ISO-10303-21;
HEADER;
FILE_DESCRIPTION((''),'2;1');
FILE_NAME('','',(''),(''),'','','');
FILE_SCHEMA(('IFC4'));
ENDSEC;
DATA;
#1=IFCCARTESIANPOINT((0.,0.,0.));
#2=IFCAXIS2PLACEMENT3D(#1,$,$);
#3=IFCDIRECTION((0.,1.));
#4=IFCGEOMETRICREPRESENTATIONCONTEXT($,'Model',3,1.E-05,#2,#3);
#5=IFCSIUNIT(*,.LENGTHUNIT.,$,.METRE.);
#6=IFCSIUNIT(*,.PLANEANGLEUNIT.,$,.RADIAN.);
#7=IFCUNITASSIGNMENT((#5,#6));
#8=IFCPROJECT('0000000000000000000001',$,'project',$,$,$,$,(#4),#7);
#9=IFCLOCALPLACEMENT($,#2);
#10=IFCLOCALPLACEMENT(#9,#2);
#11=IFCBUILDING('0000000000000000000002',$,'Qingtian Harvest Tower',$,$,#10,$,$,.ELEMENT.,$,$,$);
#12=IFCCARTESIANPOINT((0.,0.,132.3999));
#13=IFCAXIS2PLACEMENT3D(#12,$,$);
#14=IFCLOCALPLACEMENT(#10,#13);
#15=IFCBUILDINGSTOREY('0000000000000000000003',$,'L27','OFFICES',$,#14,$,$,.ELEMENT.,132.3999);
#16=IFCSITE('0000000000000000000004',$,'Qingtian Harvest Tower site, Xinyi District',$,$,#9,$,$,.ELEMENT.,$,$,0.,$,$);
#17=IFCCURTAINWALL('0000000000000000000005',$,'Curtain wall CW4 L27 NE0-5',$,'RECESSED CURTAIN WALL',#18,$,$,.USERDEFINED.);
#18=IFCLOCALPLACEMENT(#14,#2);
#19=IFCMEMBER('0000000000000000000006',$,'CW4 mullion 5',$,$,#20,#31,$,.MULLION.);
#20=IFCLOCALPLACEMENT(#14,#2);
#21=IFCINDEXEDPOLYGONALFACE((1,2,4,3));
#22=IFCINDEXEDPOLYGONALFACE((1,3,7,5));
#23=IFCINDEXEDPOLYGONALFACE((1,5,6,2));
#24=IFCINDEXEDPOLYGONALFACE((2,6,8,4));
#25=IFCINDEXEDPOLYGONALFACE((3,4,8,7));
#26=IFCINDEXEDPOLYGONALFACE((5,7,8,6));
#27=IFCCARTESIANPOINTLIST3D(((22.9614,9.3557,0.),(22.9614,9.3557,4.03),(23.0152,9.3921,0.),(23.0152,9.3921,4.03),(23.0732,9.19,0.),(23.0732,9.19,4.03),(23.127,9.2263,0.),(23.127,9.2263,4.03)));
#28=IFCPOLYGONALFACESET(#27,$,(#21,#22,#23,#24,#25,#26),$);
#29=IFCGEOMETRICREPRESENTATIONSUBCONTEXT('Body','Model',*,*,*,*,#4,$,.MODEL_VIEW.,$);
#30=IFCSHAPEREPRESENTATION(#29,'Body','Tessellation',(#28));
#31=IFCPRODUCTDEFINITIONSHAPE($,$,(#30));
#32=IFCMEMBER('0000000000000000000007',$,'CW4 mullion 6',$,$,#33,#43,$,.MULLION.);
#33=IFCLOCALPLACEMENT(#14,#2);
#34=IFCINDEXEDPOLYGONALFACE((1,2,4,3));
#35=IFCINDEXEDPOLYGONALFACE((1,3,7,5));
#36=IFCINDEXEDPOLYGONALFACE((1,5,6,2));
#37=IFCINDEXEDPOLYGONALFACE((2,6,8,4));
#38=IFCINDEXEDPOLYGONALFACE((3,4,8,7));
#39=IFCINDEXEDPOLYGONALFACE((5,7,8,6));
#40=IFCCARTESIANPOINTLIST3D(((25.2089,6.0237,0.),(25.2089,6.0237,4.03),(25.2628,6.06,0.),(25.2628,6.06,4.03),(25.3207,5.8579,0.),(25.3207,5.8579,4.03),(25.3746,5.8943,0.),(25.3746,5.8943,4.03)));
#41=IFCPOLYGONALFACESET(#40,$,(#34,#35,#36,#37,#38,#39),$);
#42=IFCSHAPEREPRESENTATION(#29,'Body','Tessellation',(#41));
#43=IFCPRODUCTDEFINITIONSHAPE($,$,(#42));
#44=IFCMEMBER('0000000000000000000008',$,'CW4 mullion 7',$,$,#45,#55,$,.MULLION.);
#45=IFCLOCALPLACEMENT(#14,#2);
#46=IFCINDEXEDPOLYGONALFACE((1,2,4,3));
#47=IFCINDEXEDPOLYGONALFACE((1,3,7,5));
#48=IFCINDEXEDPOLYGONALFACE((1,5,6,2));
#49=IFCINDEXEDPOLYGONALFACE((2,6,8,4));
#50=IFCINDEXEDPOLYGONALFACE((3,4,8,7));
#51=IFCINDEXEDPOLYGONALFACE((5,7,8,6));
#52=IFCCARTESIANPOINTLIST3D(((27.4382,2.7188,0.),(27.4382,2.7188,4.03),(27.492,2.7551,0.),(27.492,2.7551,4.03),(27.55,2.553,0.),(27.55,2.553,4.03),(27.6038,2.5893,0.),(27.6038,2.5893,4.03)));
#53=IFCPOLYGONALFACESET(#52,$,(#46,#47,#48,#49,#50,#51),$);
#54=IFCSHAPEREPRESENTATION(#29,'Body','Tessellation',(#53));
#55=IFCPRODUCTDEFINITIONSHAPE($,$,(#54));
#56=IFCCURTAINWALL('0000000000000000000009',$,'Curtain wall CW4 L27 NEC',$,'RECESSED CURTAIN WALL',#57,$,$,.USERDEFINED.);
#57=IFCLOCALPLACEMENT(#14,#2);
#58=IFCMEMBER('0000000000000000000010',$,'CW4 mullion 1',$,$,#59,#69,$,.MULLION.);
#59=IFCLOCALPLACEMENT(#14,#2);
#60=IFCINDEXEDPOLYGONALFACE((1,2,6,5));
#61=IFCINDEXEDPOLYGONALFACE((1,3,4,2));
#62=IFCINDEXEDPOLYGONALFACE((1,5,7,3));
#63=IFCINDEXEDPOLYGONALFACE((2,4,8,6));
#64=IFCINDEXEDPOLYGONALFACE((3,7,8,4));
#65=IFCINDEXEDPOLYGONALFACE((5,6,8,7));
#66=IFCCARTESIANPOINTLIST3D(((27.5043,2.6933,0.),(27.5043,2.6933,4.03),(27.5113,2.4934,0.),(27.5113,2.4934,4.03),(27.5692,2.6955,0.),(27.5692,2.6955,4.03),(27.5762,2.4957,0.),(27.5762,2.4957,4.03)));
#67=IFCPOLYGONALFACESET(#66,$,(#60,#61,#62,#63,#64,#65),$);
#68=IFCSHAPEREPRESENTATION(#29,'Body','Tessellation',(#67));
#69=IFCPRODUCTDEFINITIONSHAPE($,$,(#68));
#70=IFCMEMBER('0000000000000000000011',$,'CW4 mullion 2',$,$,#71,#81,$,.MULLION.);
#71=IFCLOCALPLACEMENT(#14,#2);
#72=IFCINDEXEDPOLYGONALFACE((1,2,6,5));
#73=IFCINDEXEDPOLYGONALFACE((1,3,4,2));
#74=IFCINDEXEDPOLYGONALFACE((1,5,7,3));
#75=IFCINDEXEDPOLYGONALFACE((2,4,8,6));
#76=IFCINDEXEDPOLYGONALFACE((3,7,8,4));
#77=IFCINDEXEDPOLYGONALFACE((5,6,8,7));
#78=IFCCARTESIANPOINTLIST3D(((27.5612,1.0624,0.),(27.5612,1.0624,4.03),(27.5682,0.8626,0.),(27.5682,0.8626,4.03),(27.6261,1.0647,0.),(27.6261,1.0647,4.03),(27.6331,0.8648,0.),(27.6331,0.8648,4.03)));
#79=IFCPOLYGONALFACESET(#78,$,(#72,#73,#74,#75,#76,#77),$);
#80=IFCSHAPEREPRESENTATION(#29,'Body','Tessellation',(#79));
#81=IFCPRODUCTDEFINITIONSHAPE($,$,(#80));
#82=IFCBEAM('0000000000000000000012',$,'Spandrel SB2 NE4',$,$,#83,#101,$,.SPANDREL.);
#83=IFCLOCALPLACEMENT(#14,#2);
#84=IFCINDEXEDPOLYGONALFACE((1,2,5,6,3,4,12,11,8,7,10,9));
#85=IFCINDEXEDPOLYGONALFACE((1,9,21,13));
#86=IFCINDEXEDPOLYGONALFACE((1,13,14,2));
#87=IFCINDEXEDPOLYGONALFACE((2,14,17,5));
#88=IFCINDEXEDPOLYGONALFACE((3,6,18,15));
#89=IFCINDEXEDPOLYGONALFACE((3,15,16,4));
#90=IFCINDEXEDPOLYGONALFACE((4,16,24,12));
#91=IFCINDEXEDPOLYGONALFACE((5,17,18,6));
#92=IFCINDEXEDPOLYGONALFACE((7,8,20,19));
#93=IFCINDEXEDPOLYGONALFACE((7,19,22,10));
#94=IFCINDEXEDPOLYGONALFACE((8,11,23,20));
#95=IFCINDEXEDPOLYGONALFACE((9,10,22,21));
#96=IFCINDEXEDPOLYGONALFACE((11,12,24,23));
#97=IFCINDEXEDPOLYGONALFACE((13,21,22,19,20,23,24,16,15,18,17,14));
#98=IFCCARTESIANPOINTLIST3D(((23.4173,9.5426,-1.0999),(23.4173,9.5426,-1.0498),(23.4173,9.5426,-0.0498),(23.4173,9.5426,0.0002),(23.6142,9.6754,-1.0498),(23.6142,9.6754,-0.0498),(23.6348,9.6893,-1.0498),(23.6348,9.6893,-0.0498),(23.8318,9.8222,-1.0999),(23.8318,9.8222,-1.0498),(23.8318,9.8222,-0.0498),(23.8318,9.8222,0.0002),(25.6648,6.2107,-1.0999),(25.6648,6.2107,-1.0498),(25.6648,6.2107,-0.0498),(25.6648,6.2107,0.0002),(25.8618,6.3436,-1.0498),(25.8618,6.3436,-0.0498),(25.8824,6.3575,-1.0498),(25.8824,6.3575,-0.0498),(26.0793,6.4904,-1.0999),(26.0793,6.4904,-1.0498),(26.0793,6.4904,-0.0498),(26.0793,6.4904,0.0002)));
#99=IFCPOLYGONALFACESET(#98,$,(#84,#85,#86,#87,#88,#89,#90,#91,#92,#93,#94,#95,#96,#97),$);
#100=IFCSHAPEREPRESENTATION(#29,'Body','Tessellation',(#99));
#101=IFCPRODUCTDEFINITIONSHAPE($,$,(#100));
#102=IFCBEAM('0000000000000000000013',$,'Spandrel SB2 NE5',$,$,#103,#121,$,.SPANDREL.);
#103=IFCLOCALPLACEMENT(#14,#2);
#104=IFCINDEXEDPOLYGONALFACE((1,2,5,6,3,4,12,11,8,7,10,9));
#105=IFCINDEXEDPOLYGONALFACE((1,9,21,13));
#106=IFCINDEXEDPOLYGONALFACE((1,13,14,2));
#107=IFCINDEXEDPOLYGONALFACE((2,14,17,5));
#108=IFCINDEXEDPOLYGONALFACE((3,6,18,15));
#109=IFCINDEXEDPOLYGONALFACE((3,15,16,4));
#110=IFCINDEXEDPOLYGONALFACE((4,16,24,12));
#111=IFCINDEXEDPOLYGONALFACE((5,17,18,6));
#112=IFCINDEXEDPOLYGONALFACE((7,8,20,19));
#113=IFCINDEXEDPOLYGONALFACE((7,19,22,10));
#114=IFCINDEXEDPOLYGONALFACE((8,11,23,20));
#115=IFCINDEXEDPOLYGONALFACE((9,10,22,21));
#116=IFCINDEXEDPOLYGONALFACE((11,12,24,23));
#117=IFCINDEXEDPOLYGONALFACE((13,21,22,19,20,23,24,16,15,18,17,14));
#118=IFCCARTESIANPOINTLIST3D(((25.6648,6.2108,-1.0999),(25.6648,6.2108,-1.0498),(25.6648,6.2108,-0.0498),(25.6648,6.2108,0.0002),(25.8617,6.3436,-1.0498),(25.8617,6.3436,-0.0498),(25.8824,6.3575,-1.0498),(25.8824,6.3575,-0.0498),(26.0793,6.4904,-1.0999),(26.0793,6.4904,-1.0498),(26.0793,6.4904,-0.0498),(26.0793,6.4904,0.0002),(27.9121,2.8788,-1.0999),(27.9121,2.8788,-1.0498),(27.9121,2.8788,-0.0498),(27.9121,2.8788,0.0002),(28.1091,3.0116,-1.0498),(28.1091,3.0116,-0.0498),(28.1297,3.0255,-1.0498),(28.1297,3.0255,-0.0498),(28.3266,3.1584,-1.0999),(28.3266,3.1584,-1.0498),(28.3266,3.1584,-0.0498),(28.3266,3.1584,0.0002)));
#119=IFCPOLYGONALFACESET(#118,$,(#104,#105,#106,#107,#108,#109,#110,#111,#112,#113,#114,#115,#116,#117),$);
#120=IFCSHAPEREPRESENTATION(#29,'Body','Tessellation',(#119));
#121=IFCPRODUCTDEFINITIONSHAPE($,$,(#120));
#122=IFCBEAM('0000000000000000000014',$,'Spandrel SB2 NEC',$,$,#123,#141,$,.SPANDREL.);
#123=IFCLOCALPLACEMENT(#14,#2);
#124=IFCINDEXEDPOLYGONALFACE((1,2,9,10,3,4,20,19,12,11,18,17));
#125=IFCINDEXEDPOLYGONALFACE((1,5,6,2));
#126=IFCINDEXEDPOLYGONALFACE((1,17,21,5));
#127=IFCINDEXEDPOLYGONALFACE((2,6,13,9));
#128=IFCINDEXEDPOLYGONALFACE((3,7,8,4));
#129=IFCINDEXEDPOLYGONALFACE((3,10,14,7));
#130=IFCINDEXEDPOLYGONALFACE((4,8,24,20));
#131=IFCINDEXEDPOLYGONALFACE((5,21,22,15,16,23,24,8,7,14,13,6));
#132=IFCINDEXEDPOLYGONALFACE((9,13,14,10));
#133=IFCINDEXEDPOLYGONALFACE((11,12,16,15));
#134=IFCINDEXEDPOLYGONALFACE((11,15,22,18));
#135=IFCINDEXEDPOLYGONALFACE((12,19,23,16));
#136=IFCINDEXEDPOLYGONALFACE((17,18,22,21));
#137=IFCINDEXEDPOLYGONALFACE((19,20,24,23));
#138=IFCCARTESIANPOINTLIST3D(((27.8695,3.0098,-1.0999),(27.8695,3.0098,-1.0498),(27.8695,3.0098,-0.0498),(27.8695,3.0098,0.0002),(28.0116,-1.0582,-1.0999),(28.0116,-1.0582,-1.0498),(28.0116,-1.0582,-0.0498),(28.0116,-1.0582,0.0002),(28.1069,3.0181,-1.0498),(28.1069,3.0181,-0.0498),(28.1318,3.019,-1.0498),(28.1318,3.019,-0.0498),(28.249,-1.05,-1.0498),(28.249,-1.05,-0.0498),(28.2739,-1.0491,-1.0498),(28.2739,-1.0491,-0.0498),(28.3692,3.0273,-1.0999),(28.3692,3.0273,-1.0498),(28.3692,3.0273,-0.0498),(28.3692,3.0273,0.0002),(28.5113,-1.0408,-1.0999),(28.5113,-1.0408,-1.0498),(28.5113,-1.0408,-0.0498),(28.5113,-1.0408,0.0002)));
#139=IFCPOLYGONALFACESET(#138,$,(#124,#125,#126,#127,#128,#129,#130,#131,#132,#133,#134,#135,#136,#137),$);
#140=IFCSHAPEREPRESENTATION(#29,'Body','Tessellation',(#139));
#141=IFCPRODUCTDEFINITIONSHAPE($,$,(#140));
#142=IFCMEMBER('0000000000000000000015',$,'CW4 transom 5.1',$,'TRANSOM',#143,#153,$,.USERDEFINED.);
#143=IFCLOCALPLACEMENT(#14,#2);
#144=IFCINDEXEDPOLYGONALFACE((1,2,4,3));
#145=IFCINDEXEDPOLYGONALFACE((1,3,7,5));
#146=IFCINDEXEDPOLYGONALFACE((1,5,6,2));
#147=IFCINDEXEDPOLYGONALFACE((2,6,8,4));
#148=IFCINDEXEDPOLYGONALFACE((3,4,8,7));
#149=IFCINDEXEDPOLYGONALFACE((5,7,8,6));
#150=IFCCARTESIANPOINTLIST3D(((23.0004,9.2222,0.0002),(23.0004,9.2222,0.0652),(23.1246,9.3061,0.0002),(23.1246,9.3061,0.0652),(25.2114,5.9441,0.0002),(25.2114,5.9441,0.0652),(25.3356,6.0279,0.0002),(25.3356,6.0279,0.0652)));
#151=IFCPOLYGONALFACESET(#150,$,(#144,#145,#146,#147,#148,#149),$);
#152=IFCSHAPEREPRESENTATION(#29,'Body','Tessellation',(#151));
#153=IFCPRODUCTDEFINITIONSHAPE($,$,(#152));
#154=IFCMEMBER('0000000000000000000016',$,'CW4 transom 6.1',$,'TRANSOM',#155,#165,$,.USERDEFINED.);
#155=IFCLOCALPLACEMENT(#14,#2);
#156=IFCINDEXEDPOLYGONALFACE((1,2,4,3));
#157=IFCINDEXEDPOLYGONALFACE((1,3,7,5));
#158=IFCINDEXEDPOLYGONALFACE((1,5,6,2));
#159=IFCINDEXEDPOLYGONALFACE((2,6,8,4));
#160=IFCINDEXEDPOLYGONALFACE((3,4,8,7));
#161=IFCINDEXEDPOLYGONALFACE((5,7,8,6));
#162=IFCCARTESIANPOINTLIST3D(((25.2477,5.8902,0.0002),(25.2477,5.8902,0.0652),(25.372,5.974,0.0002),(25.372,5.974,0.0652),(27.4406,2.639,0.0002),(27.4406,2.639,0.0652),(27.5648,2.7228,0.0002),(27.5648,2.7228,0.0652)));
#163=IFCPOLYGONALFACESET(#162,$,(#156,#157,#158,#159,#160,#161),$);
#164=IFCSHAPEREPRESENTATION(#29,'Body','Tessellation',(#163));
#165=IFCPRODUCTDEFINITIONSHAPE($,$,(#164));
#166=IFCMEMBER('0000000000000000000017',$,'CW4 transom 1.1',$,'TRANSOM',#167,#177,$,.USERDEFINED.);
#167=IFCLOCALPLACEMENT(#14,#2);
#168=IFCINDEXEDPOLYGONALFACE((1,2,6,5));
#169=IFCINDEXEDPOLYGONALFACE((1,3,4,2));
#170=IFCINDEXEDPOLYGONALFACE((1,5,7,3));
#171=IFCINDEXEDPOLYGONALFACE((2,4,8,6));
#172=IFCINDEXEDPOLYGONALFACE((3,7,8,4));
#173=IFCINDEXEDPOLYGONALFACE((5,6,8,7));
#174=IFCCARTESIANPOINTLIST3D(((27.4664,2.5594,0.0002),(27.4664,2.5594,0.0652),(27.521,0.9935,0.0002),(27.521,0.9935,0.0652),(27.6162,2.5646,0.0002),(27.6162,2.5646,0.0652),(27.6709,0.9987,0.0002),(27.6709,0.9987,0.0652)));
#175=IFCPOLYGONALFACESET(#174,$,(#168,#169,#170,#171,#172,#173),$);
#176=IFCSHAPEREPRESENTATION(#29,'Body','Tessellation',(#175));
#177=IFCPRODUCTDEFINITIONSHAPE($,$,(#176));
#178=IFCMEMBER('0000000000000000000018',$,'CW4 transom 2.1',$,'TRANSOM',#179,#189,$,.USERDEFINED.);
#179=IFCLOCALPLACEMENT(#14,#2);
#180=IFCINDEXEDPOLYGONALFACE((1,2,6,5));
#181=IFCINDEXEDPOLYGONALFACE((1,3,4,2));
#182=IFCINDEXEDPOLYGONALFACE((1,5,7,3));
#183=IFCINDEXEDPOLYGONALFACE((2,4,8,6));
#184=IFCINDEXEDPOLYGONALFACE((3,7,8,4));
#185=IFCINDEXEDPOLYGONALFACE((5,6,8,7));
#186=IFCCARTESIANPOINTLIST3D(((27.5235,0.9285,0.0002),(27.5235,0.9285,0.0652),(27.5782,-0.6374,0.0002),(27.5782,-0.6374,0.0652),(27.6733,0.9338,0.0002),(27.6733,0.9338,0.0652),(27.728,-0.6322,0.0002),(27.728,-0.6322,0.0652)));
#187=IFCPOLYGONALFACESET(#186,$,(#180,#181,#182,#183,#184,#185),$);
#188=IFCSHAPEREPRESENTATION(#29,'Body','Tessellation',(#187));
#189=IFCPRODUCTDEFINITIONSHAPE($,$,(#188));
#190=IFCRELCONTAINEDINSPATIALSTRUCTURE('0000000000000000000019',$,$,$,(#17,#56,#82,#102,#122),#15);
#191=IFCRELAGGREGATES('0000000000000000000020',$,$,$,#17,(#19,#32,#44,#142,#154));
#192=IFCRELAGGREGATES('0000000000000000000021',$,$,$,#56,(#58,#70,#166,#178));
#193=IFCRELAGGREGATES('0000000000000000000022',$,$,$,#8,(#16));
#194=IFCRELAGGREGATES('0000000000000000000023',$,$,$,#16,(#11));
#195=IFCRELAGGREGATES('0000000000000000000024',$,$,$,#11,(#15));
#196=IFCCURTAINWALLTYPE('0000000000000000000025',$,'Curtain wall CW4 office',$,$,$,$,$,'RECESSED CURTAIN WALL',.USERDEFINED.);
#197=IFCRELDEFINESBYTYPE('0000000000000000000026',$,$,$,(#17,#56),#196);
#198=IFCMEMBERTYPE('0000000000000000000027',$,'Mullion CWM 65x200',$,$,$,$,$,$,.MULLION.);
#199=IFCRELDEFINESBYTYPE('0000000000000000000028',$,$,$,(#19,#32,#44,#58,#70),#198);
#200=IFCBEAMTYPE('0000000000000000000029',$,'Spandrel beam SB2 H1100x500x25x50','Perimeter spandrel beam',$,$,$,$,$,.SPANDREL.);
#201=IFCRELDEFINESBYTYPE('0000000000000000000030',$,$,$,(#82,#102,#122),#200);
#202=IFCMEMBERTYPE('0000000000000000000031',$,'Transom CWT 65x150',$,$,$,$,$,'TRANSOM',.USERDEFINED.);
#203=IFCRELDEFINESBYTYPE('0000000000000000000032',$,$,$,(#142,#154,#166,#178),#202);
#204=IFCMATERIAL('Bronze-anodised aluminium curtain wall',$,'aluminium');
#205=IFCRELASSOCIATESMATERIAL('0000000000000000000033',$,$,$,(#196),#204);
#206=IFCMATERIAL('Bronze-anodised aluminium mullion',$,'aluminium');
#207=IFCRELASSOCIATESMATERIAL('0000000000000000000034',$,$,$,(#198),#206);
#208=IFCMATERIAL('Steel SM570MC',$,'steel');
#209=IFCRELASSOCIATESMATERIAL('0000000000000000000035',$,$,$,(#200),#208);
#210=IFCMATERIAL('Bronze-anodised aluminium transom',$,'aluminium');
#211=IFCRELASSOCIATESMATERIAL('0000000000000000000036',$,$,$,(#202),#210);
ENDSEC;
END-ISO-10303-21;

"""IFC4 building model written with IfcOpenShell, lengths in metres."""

from ifc_helpers import new_model, si_unit, direction, frame, origin, origin_2d, place, context, subcontext, project, spatial, rectangle, i_section, extrude, material, material_profile, profile_set, type_object, element, aggregate, save


model = new_model("IFC4")

# Units and contexts
model_context = context("Model", 3, precision=1e-05, world=origin(), true_north=direction((0.0, 1.0)))
body_context = subcontext(model_context, "Body", "Model", "MODEL_VIEW")
ifc_project = project(units=[si_unit("LENGTHUNIT", "METRE"), si_unit("PLANEANGLEUNIT", "RADIAN")], contexts=[model_context])

# Site, building, storey
site_placement = place(None, origin())
site = spatial("IfcSite", under=ifc_project, at=site_placement, Name="Qingtian Harvest Tower site, Xinyi District", CompositionType="ELEMENT", RefElevation=0.0)
building_placement = place(site_placement, origin())
building = spatial("IfcBuilding", under=site, at=building_placement, Name="Qingtian Harvest Tower", CompositionType="ELEMENT")
storey_placement = place(building_placement, frame((0.0, 0.0, 132.3999)))
storey = spatial("IfcBuildingStorey", under=building, at=storey_placement, Name="L27", Description="OFFICES", CompositionType="ELEMENT", Elevation=132.3999)

# Curtain walls, members
ifc_material_1 = material(Name="Bronze-anodised aluminium curtain wall", Category="aluminium")
curtain_wall_type = type_object("IfcCurtainWallType", Name="Curtain wall CW4 office", ElementType="RECESSED CURTAIN WALL", PredefinedType="USERDEFINED", material=ifc_material_1)
curtain_wall_1_placement = place(storey_placement, origin())
curtain_wall_1 = element("IfcCurtainWall", 1, at=curtain_wall_1_placement, inside=storey, type_object=curtain_wall_type, Name="Curtain wall CW4 L27 NE0-5", ObjectType="RECESSED CURTAIN WALL", PredefinedType="USERDEFINED")
ifc_material_2 = material(Name="Bronze-anodised aluminium mullion", Category="aluminium")
ifc_material_profile_1 = material_profile(ifc_material_2, rectangle(XDim=0.0649, YDim=0.2, at=origin_2d()), Name="AL 65x200")
ifc_profile_set_1 = profile_set([ifc_material_profile_1], Name="Bronze-anodised aluminium mullion")
member_type_1 = type_object("IfcMemberType", Name="Mullion CWM 65x200", PredefinedType="MULLION", material=ifc_profile_set_1)
member_1_placement = place(storey_placement, frame((23.0442, 9.291, 0.0), z_axis=(0.0, 0.0, 1.0), x_axis=(0.829038, 0.559193, 0.0)))
member_1 = element("IfcMember", 2, at=member_1_placement, type_object=member_type_1, Name="CW4 mullion 5", PredefinedType="MULLION", context=body_context, shape_type="SweptSolid", body=[
    extrude(rectangle(XDim=0.0649, YDim=0.2, at=origin_2d()), origin(), (0.0, 0.0, 1.0), 4.03),
])
member_2_placement = place(storey_placement, frame((25.2917, 5.959, 0.0), z_axis=(0.0, 0.0, 1.0), x_axis=(0.829038, 0.559193, 0.0)))
member_2 = element("IfcMember", 3, at=member_2_placement, type_object=member_type_1, Name="CW4 mullion 6", PredefinedType="MULLION", context=body_context, shape_type="SweptSolid", body=[
    extrude(rectangle(XDim=0.0649, YDim=0.2, at=origin_2d()), origin(), (0.0, 0.0, 1.0), 4.03),
])
member_3_placement = place(storey_placement, frame((27.521, 2.6541, 0.0), z_axis=(0.0, 0.0, 1.0), x_axis=(0.829038, 0.559193, 0.0)))
member_3 = element("IfcMember", 4, at=member_3_placement, type_object=member_type_1, Name="CW4 mullion 7", PredefinedType="MULLION", context=body_context, shape_type="SweptSolid", body=[
    extrude(rectangle(XDim=0.0649, YDim=0.2, at=origin_2d()), origin(), (0.0, 0.0, 1.0), 4.03),
])
curtain_wall_2_placement = place(storey_placement, origin())
curtain_wall_2 = element("IfcCurtainWall", 5, at=curtain_wall_2_placement, inside=storey, type_object=curtain_wall_type, Name="Curtain wall CW4 L27 NEC", ObjectType="RECESSED CURTAIN WALL", PredefinedType="USERDEFINED")
member_4_placement = place(storey_placement, frame((27.5403, 2.5945, 0.0), z_axis=(0.0, 0.0, 1.0), x_axis=(0.999391, 0.034899, 0.0)))
member_4 = element("IfcMember", 6, at=member_4_placement, type_object=member_type_1, Name="CW4 mullion 1", PredefinedType="MULLION", context=body_context, shape_type="SweptSolid", body=[
    extrude(rectangle(XDim=0.0649, YDim=0.2, at=origin_2d()), origin(), (0.0, 0.0, 1.0), 4.03),
])
member_5_placement = place(storey_placement, frame((27.5972, 0.9636, 0.0), z_axis=(0.0, 0.0, 1.0), x_axis=(0.999391, 0.034899, 0.0)))
member_5 = element("IfcMember", 7, at=member_5_placement, type_object=member_type_1, Name="CW4 mullion 2", PredefinedType="MULLION", context=body_context, shape_type="SweptSolid", body=[
    extrude(rectangle(XDim=0.0649, YDim=0.2, at=origin_2d()), origin(), (0.0, 0.0, 1.0), 4.03),
])

# Beams
ifc_material_3 = material(Name="Steel SM570MC", Category="steel")
ifc_material_profile_2 = material_profile(ifc_material_3, i_section(OverallWidth=0.5, OverallDepth=1.1001, WebThickness=0.0249, FlangeThickness=0.05, at=origin_2d()), Name="H1100x500x25x50")
ifc_profile_set_2 = profile_set([ifc_material_profile_2], Name="Steel SM570MC")
beam_type_1 = type_object("IfcBeamType", Name="Spandrel beam SB2 H1100x500x25x50", Description="Perimeter spandrel beam", PredefinedType="SPANDREL", material=ifc_profile_set_2)
for number, where, z_axis, x_axis, name in (
    (8, (23.6245, 9.6824, -0.5498), (0.559234, -0.82901, 0.0), (0.82901, 0.559234, 0.0), "Spandrel SB2 NE4"),
    (9, (25.8721, 6.3506, -0.5498), (0.559164, -0.829057, 0.0), (0.829057, 0.559164, 0.0), "Spandrel SB2 NE5"),
):
    element("IfcBeam", number, at=place(storey_placement, frame(where, z_axis=z_axis, x_axis=x_axis)), inside=storey, type_object=beam_type_1, Name=name, PredefinedType="SPANDREL", context=body_context, shape_type="SweptSolid", body=[
        extrude(i_section(OverallWidth=0.5, OverallDepth=1.1001, WebThickness=0.0249, FlangeThickness=0.05, at=origin_2d()), origin(), (0.0, 0.0, 1.0), 4.019),
    ])
beam_1_placement = place(storey_placement, frame((28.1194, 3.0186, -0.5498), z_axis=(0.034906, -0.999391, 0.0), x_axis=(0.999391, 0.034906, 0.0)))
element("IfcBeam", 10, at=beam_1_placement, inside=storey, type_object=beam_type_1, Name="Spandrel SB2 NEC", PredefinedType="SPANDREL", context=body_context, shape_type="SweptSolid", body=[
    extrude(i_section(OverallWidth=0.5, OverallDepth=1.1001, WebThickness=0.0249, FlangeThickness=0.05, at=origin_2d()), origin(), (0.0, 0.0, 1.0), 4.0706),
])

# Members
ifc_material_4 = material(Name="Bronze-anodised aluminium transom", Category="aluminium")
ifc_material_profile_3 = material_profile(ifc_material_4, rectangle(XDim=0.1499, YDim=0.0649, at=origin_2d()), Name="AL 65x150")
ifc_profile_set_3 = profile_set([ifc_material_profile_3], Name="Bronze-anodised aluminium transom")
member_type_2 = type_object("IfcMemberType", Name="Transom CWT 65x150", ElementType="TRANSOM", PredefinedType="USERDEFINED", material=ifc_profile_set_3)
member_6_placement = place(storey_placement, frame((23.0625, 9.2642, 0.0327), z_axis=(0.559166, -0.829055, 0.0), x_axis=(0.829055, 0.559166, 0.0)))
member_6 = element("IfcMember", 11, at=member_6_placement, type_object=member_type_2, Name="CW4 transom 5.1", ObjectType="TRANSOM", PredefinedType="USERDEFINED", context=body_context, shape_type="SweptSolid", body=[
    extrude(rectangle(XDim=0.1499, YDim=0.0649, at=origin_2d()), origin(), (0.0, 0.0, 1.0), 3.9541),
])
member_7_placement = place(storey_placement, frame((25.3098, 5.9321, 0.0327), z_axis=(0.559175, -0.82905, 0.0), x_axis=(0.82905, 0.559175, 0.0)))
member_7 = element("IfcMember", 12, at=member_7_placement, type_object=member_type_2, Name="CW4 transom 6.1", ObjectType="TRANSOM", PredefinedType="USERDEFINED", context=body_context, shape_type="SweptSolid", body=[
    extrude(rectangle(XDim=0.1499, YDim=0.0649, at=origin_2d()), origin(), (0.0, 0.0, 1.0), 3.9216),
])
member_8_placement = place(storey_placement, frame((27.5413, 2.562, 0.0327), z_axis=(0.034902, -0.999391, 0.0), x_axis=(0.999391, 0.034902, 0.0)))
member_8 = element("IfcMember", 13, at=member_8_placement, type_object=member_type_2, Name="CW4 transom 1.1", ObjectType="TRANSOM", PredefinedType="USERDEFINED", context=body_context, shape_type="SweptSolid", body=[
    extrude(rectangle(XDim=0.1499, YDim=0.0649, at=origin_2d()), origin(), (0.0, 0.0, 1.0), 1.5669),
])
member_9_placement = place(storey_placement, frame((27.5984, 0.9312, 0.0327), z_axis=(0.034902, -0.999391, 0.0), x_axis=(0.999391, 0.034902, 0.0)))
member_9 = element("IfcMember", 14, at=member_9_placement, type_object=member_type_2, Name="CW4 transom 2.1", ObjectType="TRANSOM", PredefinedType="USERDEFINED", context=body_context, shape_type="SweptSolid", body=[
    extrude(rectangle(XDim=0.1499, YDim=0.0649, at=origin_2d()), origin(), (0.0, 0.0, 1.0), 1.5669),
])

aggregate(curtain_wall_1, [member_1, member_2, member_3, member_6, member_7])
aggregate(curtain_wall_2, [member_4, member_5, member_8, member_9])

save(model, "model.ifc")
